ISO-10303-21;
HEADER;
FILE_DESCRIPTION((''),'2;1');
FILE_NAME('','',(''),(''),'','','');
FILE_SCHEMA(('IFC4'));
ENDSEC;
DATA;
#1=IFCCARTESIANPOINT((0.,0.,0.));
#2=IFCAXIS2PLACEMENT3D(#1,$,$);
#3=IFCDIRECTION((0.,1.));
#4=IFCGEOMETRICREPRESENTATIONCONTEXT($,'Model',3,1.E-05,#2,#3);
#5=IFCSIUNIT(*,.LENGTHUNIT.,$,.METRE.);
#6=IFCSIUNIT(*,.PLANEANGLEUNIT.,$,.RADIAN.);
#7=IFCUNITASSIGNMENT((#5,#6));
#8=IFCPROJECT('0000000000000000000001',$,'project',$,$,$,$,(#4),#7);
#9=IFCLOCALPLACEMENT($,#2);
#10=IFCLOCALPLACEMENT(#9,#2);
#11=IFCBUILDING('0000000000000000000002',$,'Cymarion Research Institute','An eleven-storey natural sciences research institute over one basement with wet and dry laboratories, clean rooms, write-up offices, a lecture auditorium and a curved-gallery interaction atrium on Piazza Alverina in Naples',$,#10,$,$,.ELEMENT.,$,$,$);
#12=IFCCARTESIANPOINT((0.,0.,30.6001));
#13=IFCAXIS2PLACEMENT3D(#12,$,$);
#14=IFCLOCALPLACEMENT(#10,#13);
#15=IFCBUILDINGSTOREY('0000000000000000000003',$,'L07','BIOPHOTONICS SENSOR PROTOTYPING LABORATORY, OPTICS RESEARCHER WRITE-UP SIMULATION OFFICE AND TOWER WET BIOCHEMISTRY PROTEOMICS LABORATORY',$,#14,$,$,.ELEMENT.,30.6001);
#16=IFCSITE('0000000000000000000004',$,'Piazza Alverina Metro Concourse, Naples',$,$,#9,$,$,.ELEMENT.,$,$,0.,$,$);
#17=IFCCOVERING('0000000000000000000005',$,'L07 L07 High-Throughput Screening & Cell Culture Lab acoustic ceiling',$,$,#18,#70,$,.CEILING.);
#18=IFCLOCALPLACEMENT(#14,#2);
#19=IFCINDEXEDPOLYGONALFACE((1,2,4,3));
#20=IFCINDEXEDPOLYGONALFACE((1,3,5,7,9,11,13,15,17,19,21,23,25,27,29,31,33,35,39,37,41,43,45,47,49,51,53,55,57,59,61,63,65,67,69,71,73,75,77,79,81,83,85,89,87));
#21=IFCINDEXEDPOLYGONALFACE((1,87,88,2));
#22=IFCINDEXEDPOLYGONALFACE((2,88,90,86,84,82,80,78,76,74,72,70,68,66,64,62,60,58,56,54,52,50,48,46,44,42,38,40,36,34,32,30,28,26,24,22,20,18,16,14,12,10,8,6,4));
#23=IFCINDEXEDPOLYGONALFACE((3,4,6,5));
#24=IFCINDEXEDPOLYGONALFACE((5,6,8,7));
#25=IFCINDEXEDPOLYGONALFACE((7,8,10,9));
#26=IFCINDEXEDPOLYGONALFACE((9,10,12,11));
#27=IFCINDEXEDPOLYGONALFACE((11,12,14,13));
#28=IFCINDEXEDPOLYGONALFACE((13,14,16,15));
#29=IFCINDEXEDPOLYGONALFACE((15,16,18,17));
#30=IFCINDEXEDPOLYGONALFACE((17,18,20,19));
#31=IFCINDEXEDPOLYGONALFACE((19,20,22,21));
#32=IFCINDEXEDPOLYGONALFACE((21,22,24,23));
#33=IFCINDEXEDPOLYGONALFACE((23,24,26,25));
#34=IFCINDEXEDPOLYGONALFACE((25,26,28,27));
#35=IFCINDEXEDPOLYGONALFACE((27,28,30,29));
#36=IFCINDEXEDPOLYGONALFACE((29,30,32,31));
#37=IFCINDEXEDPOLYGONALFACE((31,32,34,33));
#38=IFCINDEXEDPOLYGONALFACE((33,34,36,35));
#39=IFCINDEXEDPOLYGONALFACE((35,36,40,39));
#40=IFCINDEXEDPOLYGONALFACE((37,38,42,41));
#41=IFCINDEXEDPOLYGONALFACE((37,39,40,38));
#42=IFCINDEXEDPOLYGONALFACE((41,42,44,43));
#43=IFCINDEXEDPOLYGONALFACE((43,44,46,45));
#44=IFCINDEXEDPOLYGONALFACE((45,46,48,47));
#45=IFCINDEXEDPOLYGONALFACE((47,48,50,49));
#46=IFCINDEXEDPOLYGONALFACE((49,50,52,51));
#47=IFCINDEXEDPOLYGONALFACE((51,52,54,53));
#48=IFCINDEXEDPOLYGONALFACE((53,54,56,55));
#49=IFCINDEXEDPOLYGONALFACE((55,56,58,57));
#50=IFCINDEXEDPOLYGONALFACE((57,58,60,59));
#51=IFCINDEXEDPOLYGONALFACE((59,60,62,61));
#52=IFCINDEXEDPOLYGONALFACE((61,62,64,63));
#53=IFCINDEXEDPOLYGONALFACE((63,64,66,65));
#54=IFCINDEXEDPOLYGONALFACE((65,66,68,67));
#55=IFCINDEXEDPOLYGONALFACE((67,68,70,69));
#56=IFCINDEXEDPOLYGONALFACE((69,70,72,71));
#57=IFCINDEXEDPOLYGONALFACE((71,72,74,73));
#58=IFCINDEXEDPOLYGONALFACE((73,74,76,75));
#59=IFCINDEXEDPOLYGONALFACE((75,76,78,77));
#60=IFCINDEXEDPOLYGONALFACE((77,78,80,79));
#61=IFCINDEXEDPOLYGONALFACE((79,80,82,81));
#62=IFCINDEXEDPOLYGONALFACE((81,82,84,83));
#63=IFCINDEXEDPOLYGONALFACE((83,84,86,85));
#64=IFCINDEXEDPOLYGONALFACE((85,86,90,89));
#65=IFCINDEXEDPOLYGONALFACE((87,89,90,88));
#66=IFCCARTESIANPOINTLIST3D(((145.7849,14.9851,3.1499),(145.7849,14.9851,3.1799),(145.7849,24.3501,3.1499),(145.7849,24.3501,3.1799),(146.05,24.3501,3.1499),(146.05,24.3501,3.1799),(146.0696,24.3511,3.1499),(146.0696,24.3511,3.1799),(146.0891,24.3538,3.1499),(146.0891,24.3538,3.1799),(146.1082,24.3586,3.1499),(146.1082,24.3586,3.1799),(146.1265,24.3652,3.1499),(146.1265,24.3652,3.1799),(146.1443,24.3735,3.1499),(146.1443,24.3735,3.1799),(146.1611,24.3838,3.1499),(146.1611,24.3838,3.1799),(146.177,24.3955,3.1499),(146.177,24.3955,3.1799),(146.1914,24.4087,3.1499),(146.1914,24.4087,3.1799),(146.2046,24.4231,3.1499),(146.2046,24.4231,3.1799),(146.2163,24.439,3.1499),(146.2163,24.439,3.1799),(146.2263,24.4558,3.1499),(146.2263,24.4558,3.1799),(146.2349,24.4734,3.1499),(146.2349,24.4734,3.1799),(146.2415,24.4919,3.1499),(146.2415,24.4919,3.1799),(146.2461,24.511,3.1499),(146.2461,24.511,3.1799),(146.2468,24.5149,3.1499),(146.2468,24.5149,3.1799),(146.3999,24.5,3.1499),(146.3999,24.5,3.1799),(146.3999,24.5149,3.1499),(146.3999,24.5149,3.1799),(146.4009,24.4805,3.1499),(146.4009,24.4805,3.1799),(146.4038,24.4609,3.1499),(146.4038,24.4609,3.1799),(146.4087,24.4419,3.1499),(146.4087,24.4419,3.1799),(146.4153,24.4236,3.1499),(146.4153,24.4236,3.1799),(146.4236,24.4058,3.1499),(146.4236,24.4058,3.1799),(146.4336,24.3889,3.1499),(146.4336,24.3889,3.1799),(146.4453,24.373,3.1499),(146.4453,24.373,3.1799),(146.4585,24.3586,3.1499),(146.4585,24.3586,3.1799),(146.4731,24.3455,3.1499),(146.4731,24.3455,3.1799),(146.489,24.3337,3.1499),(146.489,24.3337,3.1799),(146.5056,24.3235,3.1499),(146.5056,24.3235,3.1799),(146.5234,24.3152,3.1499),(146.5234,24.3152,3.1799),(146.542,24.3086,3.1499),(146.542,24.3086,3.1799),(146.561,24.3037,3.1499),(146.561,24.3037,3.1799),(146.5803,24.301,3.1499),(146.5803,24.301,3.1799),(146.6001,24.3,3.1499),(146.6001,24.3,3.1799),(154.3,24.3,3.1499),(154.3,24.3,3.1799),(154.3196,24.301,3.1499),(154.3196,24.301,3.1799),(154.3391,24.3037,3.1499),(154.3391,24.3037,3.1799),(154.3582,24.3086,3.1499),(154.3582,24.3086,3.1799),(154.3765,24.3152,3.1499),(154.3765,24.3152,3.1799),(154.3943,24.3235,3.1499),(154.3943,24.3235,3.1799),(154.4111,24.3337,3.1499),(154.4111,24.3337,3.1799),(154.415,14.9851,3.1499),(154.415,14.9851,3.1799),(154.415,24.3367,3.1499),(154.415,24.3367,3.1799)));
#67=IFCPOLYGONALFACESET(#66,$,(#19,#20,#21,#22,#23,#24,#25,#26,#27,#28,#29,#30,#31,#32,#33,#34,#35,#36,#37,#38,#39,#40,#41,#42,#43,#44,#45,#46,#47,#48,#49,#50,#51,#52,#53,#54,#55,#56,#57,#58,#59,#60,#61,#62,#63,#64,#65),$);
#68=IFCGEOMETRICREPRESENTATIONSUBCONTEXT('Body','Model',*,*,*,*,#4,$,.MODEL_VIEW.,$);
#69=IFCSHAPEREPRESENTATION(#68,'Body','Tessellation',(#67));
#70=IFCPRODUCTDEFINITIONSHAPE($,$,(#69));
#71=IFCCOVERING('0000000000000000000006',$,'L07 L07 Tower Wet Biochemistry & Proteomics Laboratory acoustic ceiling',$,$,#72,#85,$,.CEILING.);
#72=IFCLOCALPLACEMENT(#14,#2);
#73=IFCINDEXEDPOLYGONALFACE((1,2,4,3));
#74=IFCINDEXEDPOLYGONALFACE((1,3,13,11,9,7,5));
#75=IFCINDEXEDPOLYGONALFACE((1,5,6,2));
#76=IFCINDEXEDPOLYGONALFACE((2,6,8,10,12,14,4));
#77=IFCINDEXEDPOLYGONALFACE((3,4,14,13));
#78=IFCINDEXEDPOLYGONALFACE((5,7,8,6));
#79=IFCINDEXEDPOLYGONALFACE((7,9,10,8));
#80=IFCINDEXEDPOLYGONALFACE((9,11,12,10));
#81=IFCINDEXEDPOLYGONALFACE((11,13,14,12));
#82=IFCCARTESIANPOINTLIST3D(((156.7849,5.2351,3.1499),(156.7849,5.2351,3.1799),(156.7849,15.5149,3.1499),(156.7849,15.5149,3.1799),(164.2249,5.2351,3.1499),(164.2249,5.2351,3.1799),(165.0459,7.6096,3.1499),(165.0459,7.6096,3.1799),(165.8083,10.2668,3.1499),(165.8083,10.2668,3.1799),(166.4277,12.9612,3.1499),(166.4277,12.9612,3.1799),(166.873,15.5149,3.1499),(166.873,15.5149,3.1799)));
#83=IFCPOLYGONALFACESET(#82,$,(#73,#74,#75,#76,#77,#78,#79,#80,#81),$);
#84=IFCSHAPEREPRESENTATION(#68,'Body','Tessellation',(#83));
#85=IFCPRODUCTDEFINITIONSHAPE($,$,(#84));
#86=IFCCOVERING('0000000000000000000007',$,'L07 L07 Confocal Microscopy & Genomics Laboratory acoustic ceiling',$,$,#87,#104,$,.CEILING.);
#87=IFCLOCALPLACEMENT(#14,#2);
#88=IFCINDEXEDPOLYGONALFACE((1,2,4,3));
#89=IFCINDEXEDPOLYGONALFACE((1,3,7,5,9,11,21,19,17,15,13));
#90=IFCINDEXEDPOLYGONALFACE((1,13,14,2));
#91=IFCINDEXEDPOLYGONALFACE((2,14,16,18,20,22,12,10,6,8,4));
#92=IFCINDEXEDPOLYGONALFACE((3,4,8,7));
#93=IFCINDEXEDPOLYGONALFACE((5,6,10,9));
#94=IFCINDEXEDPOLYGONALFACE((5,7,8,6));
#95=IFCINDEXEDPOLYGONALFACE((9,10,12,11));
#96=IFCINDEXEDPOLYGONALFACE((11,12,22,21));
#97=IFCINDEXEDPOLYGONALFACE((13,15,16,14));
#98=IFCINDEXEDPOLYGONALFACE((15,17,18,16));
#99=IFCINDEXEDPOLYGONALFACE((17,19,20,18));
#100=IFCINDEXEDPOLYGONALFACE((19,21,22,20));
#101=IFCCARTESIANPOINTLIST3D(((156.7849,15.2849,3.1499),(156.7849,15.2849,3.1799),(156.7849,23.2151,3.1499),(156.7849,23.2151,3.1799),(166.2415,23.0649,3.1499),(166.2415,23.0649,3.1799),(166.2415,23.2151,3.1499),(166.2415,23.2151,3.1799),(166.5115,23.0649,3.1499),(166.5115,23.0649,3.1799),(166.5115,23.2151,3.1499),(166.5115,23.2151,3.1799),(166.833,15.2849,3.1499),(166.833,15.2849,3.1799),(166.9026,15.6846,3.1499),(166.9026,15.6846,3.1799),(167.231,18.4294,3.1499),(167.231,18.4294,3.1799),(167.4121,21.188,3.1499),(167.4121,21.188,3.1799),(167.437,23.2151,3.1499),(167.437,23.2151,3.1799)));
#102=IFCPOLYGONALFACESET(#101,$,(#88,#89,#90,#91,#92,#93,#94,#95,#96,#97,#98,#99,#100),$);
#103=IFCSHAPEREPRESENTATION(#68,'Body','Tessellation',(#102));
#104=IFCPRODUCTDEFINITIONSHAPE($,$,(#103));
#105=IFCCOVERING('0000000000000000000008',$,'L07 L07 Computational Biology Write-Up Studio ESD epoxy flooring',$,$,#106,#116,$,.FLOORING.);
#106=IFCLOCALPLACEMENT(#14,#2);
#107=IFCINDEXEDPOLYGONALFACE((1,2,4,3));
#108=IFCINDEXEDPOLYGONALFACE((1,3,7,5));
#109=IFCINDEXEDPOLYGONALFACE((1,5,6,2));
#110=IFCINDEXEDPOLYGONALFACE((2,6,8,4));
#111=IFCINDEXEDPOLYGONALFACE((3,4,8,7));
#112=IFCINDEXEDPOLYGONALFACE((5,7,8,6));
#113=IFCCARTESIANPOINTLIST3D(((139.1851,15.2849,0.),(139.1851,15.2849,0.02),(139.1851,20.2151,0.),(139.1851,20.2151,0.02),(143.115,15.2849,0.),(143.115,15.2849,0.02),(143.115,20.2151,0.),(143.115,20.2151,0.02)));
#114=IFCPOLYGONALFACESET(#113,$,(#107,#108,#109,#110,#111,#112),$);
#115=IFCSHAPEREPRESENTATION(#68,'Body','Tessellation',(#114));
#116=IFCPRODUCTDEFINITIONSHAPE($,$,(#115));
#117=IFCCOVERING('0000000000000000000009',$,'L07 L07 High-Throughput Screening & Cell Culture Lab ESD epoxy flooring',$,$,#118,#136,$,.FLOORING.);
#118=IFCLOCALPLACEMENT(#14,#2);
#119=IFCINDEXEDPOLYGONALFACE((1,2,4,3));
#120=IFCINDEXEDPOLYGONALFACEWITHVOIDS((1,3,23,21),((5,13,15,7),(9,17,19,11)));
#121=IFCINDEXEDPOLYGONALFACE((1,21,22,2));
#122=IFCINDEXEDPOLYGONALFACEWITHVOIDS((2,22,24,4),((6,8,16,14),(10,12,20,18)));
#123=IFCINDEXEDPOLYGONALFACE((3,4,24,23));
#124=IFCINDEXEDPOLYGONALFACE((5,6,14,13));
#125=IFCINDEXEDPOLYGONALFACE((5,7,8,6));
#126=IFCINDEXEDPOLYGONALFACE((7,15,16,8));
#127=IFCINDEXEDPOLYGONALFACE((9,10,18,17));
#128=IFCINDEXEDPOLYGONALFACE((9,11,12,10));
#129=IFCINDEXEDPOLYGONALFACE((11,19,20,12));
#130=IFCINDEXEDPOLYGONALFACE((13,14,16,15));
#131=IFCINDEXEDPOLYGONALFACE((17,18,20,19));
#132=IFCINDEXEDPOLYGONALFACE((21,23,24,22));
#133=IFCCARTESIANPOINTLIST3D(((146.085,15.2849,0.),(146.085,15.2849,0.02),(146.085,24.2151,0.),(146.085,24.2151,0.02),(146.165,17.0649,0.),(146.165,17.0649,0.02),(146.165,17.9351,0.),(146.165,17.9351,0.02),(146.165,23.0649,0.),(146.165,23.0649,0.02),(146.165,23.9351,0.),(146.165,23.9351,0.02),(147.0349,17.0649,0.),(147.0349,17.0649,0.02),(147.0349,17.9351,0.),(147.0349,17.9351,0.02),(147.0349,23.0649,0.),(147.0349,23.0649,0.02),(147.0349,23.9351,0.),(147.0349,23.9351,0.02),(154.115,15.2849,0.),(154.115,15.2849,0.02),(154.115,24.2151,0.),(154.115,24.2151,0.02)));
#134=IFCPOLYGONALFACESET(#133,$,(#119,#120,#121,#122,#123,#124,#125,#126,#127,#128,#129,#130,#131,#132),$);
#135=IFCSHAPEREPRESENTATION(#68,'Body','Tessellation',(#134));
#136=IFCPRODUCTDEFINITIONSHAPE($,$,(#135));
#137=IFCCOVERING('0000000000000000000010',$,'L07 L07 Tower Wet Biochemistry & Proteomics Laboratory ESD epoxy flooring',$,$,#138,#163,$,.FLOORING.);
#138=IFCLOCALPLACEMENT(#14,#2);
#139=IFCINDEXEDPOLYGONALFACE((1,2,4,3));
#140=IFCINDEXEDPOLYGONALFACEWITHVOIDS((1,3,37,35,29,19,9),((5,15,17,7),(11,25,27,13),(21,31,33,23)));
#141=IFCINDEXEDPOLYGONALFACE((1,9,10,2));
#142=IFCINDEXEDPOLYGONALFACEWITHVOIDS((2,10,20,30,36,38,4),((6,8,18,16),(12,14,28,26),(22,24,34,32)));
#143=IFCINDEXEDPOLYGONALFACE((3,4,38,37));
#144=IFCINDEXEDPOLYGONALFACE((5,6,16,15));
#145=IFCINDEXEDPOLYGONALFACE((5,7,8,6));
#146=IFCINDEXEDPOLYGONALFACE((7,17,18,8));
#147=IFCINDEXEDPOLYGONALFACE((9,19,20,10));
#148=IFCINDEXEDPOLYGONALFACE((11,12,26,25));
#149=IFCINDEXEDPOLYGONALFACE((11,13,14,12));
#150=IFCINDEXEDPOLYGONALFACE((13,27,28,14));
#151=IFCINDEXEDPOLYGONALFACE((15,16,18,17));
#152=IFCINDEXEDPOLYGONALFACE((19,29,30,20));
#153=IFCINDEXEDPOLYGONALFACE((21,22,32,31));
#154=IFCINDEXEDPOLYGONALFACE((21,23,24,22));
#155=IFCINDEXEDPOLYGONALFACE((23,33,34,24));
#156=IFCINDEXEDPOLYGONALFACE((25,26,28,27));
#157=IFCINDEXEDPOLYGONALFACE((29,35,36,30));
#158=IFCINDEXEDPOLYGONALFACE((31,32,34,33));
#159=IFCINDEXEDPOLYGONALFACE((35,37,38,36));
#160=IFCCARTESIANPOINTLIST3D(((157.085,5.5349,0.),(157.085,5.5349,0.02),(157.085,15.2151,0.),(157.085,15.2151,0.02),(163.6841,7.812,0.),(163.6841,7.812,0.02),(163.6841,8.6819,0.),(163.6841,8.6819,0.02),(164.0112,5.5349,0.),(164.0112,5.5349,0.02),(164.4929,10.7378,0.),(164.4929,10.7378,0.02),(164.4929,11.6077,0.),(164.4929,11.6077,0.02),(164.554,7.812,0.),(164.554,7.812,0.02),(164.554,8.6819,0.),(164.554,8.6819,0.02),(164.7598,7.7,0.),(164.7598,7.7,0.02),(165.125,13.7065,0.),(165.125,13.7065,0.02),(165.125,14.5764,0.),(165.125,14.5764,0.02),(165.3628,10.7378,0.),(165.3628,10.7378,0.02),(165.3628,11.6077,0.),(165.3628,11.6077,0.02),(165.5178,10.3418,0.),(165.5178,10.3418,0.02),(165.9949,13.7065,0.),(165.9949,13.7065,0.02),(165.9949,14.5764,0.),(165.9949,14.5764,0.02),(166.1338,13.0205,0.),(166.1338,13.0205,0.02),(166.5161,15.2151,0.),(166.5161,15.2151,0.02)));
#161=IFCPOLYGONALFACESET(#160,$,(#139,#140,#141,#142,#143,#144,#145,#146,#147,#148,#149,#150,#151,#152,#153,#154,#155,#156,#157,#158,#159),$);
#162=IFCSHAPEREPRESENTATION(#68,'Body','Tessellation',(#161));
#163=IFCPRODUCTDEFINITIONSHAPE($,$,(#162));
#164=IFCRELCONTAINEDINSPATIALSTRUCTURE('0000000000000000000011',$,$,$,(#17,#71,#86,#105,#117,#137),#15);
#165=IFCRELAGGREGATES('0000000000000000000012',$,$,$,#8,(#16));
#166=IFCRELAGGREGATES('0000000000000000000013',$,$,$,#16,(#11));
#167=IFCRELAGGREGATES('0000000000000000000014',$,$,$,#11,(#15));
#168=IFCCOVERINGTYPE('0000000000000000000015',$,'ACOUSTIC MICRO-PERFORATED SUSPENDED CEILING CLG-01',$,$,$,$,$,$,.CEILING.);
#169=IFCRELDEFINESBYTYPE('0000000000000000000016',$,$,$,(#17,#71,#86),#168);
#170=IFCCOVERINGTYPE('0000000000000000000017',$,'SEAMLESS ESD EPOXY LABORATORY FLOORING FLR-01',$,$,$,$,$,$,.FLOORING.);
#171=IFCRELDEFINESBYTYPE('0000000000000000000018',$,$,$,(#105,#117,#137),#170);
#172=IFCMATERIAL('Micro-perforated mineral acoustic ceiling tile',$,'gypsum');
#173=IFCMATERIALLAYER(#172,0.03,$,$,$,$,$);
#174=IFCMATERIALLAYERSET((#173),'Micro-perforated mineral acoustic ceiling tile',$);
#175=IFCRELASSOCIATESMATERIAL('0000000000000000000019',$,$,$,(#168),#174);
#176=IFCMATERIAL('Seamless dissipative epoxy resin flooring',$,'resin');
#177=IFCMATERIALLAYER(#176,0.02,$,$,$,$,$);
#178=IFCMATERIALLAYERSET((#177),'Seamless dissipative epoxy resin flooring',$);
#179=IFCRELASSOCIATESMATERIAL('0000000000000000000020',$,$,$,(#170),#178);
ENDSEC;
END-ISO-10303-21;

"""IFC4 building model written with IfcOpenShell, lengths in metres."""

from ifc_helpers import new_model, si_unit, direction, frame, origin, place, context, subcontext, project, spatial, polyline, outline, extrude, material, layer, layer_set, type_object, element, save


model = new_model("IFC4")

# Units and contexts
model_context = context("Model", 3, precision=1e-05, world=origin(), true_north=direction((0.0, 1.0)))
body_context = subcontext(model_context, "Body", "Model", "MODEL_VIEW")
ifc_project = project(units=[si_unit("LENGTHUNIT", "METRE"), si_unit("PLANEANGLEUNIT", "RADIAN")], contexts=[model_context])

# Site, building, storey
site_placement = place(None, origin())
site = spatial("IfcSite", under=ifc_project, at=site_placement, Name="Piazza Alverina Metro Concourse, Naples", CompositionType="ELEMENT", RefElevation=0.0)
building_placement = place(site_placement, origin())
building = spatial("IfcBuilding", under=site, at=building_placement, Name="Cymarion Research Institute", Description="An eleven-storey natural sciences research institute over one basement with wet and dry laboratories, clean rooms, write-up offices, a lecture auditorium and a curved-gallery interaction atrium on Piazza Alverina in Naples", CompositionType="ELEMENT")
storey_placement = place(building_placement, frame((0.0, 0.0, 30.6001)))
storey = spatial("IfcBuildingStorey", under=building, at=storey_placement, Name="L07", Description="BIOPHOTONICS SENSOR PROTOTYPING LABORATORY, OPTICS RESEARCHER WRITE-UP SIMULATION OFFICE AND TOWER WET BIOCHEMISTRY PROTEOMICS LABORATORY", CompositionType="ELEMENT", Elevation=30.6001)

# Coverings
ifc_material_1 = material(Name="Micro-perforated mineral acoustic ceiling tile", Category="gypsum")
ifc_layer_1 = layer(ifc_material_1, 0.03)
ifc_layer_set_1 = layer_set([ifc_layer_1], Name="Micro-perforated mineral acoustic ceiling tile")
covering_type_1 = type_object("IfcCoveringType", Name="ACOUSTIC MICRO-PERFORATED SUSPENDED CEILING CLG-01", PredefinedType="CEILING", material=ifc_layer_set_1)
covering_1_placement = place(storey_placement, frame((0.0, 0.0, 3.1499)))
element("IfcCovering", 1, at=covering_1_placement, inside=storey, type_object=covering_type_1, Name="L07 L07 High-Throughput Screening & Cell Culture Lab acoustic ceiling", PredefinedType="CEILING", context=body_context, shape_type="SweptSolid", body=[
    extrude(outline(polyline([(146.3999, 24.5149), (146.3999, 24.5), (146.4009, 24.4805), (146.4038, 24.4609), (146.4087, 24.4419), (146.4153, 24.4236), (146.4236, 24.4058), (146.4336, 24.3889), (146.4453, 24.373), (146.4585, 24.3586), (146.4731, 24.3455), (146.489, 24.3337), (146.5056, 24.3235), (146.5234, 24.3152), (146.542, 24.3086), (146.561, 24.3037), (146.5803, 24.301), (146.6001, 24.3), (154.3, 24.3), (154.3196, 24.301), (154.3391, 24.3037), (154.3582, 24.3086), (154.3765, 24.3152), (154.3943, 24.3235), (154.4111, 24.3337), (154.415, 24.3367), (154.415, 14.9851), (145.7849, 14.9851), (145.7849, 24.3501), (146.05, 24.3501), (146.0696, 24.3511), (146.0891, 24.3538), (146.1082, 24.3586), (146.1265, 24.3652), (146.1443, 24.3735), (146.1611, 24.3838), (146.177, 24.3955), (146.1914, 24.4087), (146.2046, 24.4231), (146.2163, 24.439), (146.2263, 24.4558), (146.2349, 24.4734), (146.2415, 24.4919), (146.2461, 24.511), (146.2468, 24.5149), (146.3999, 24.5149)])), origin(), (0.0, 0.0, 1.0), 0.03),
])
covering_2_placement = place(storey_placement, frame((0.0, 0.0, 3.1499)))
element("IfcCovering", 2, at=covering_2_placement, inside=storey, type_object=covering_type_1, Name="L07 L07 Tower Wet Biochemistry & Proteomics Laboratory acoustic ceiling", PredefinedType="CEILING", context=body_context, shape_type="SweptSolid", body=[
    extrude(outline(polyline([(166.873, 15.5149), (166.4277, 12.9612), (165.8083, 10.2668), (165.0459, 7.6096), (164.2249, 5.2351), (156.7849, 5.2351), (156.7849, 15.5149), (166.873, 15.5149)])), origin(), (0.0, 0.0, 1.0), 0.03),
])
covering_3_placement = place(storey_placement, frame((0.0, 0.0, 3.1499)))
element("IfcCovering", 3, at=covering_3_placement, inside=storey, type_object=covering_type_1, Name="L07 L07 Confocal Microscopy & Genomics Laboratory acoustic ceiling", PredefinedType="CEILING", context=body_context, shape_type="SweptSolid", body=[
    extrude(outline(polyline([(166.2415, 23.2151), (166.2415, 23.0649), (166.5115, 23.0649), (166.5115, 23.2151), (167.437, 23.2151), (167.4121, 21.188), (167.231, 18.4294), (166.9026, 15.6846), (166.833, 15.2849), (156.7849, 15.2849), (156.7849, 23.2151), (166.2415, 23.2151)])), origin(), (0.0, 0.0, 1.0), 0.03),
])
ifc_material_2 = material(Name="Seamless dissipative epoxy resin flooring", Category="resin")
ifc_layer_2 = layer(ifc_material_2, 0.02)
ifc_layer_set_2 = layer_set([ifc_layer_2], Name="Seamless dissipative epoxy resin flooring")
covering_type_2 = type_object("IfcCoveringType", Name="SEAMLESS ESD EPOXY LABORATORY FLOORING FLR-01", PredefinedType="FLOORING", material=ifc_layer_set_2)
covering_4_placement = place(storey_placement, origin())
element("IfcCovering", 4, at=covering_4_placement, inside=storey, type_object=covering_type_2, Name="L07 L07 Computational Biology Write-Up Studio ESD epoxy flooring", PredefinedType="FLOORING", context=body_context, shape_type="SweptSolid", body=[
    extrude(outline(polyline([(139.1851, 20.2151), (143.115, 20.2151), (143.115, 15.2849), (139.1851, 15.2849), (139.1851, 20.2151)])), origin(), (0.0, 0.0, 1.0), 0.02),
])
covering_5_placement = place(storey_placement, origin())
element("IfcCovering", 5, at=covering_5_placement, inside=storey, type_object=covering_type_2, Name="L07 L07 High-Throughput Screening & Cell Culture Lab ESD epoxy flooring", PredefinedType="FLOORING", context=body_context, shape_type="SweptSolid", body=[
    extrude(outline(polyline([(146.085, 24.2151), (154.115, 24.2151), (154.115, 15.2849), (146.085, 15.2849), (146.085, 24.2151)]), holes=[polyline([(146.165, 17.0649), (147.0349, 17.0649), (147.0349, 17.9351), (146.165, 17.9351), (146.165, 17.0649)]), polyline([(146.165, 23.0649), (147.0349, 23.0649), (147.0349, 23.9351), (146.165, 23.9351), (146.165, 23.0649)])]), origin(), (0.0, 0.0, 1.0), 0.02),
])
covering_6_placement = place(storey_placement, origin())
element("IfcCovering", 6, at=covering_6_placement, inside=storey, type_object=covering_type_2, Name="L07 L07 Tower Wet Biochemistry & Proteomics Laboratory ESD epoxy flooring", PredefinedType="FLOORING", context=body_context, shape_type="SweptSolid", body=[
    extrude(outline(polyline([(157.085, 15.2151), (166.5161, 15.2151), (166.1338, 13.0205), (165.5178, 10.3418), (164.7598, 7.7), (164.0112, 5.5349), (157.085, 5.5349), (157.085, 15.2151)]), holes=[polyline([(165.125, 13.7065), (165.9949, 13.7065), (165.9949, 14.5764), (165.125, 14.5764), (165.125, 13.7065)]), polyline([(164.4929, 10.7378), (165.3628, 10.7378), (165.3628, 11.6077), (164.4929, 11.6077), (164.4929, 10.7378)]), polyline([(163.6841, 7.812), (164.554, 7.812), (164.554, 8.6819), (163.6841, 8.6819), (163.6841, 7.812)])]), origin(), (0.0, 0.0, 1.0), 0.02),
])

save(model, "model.ifc")
